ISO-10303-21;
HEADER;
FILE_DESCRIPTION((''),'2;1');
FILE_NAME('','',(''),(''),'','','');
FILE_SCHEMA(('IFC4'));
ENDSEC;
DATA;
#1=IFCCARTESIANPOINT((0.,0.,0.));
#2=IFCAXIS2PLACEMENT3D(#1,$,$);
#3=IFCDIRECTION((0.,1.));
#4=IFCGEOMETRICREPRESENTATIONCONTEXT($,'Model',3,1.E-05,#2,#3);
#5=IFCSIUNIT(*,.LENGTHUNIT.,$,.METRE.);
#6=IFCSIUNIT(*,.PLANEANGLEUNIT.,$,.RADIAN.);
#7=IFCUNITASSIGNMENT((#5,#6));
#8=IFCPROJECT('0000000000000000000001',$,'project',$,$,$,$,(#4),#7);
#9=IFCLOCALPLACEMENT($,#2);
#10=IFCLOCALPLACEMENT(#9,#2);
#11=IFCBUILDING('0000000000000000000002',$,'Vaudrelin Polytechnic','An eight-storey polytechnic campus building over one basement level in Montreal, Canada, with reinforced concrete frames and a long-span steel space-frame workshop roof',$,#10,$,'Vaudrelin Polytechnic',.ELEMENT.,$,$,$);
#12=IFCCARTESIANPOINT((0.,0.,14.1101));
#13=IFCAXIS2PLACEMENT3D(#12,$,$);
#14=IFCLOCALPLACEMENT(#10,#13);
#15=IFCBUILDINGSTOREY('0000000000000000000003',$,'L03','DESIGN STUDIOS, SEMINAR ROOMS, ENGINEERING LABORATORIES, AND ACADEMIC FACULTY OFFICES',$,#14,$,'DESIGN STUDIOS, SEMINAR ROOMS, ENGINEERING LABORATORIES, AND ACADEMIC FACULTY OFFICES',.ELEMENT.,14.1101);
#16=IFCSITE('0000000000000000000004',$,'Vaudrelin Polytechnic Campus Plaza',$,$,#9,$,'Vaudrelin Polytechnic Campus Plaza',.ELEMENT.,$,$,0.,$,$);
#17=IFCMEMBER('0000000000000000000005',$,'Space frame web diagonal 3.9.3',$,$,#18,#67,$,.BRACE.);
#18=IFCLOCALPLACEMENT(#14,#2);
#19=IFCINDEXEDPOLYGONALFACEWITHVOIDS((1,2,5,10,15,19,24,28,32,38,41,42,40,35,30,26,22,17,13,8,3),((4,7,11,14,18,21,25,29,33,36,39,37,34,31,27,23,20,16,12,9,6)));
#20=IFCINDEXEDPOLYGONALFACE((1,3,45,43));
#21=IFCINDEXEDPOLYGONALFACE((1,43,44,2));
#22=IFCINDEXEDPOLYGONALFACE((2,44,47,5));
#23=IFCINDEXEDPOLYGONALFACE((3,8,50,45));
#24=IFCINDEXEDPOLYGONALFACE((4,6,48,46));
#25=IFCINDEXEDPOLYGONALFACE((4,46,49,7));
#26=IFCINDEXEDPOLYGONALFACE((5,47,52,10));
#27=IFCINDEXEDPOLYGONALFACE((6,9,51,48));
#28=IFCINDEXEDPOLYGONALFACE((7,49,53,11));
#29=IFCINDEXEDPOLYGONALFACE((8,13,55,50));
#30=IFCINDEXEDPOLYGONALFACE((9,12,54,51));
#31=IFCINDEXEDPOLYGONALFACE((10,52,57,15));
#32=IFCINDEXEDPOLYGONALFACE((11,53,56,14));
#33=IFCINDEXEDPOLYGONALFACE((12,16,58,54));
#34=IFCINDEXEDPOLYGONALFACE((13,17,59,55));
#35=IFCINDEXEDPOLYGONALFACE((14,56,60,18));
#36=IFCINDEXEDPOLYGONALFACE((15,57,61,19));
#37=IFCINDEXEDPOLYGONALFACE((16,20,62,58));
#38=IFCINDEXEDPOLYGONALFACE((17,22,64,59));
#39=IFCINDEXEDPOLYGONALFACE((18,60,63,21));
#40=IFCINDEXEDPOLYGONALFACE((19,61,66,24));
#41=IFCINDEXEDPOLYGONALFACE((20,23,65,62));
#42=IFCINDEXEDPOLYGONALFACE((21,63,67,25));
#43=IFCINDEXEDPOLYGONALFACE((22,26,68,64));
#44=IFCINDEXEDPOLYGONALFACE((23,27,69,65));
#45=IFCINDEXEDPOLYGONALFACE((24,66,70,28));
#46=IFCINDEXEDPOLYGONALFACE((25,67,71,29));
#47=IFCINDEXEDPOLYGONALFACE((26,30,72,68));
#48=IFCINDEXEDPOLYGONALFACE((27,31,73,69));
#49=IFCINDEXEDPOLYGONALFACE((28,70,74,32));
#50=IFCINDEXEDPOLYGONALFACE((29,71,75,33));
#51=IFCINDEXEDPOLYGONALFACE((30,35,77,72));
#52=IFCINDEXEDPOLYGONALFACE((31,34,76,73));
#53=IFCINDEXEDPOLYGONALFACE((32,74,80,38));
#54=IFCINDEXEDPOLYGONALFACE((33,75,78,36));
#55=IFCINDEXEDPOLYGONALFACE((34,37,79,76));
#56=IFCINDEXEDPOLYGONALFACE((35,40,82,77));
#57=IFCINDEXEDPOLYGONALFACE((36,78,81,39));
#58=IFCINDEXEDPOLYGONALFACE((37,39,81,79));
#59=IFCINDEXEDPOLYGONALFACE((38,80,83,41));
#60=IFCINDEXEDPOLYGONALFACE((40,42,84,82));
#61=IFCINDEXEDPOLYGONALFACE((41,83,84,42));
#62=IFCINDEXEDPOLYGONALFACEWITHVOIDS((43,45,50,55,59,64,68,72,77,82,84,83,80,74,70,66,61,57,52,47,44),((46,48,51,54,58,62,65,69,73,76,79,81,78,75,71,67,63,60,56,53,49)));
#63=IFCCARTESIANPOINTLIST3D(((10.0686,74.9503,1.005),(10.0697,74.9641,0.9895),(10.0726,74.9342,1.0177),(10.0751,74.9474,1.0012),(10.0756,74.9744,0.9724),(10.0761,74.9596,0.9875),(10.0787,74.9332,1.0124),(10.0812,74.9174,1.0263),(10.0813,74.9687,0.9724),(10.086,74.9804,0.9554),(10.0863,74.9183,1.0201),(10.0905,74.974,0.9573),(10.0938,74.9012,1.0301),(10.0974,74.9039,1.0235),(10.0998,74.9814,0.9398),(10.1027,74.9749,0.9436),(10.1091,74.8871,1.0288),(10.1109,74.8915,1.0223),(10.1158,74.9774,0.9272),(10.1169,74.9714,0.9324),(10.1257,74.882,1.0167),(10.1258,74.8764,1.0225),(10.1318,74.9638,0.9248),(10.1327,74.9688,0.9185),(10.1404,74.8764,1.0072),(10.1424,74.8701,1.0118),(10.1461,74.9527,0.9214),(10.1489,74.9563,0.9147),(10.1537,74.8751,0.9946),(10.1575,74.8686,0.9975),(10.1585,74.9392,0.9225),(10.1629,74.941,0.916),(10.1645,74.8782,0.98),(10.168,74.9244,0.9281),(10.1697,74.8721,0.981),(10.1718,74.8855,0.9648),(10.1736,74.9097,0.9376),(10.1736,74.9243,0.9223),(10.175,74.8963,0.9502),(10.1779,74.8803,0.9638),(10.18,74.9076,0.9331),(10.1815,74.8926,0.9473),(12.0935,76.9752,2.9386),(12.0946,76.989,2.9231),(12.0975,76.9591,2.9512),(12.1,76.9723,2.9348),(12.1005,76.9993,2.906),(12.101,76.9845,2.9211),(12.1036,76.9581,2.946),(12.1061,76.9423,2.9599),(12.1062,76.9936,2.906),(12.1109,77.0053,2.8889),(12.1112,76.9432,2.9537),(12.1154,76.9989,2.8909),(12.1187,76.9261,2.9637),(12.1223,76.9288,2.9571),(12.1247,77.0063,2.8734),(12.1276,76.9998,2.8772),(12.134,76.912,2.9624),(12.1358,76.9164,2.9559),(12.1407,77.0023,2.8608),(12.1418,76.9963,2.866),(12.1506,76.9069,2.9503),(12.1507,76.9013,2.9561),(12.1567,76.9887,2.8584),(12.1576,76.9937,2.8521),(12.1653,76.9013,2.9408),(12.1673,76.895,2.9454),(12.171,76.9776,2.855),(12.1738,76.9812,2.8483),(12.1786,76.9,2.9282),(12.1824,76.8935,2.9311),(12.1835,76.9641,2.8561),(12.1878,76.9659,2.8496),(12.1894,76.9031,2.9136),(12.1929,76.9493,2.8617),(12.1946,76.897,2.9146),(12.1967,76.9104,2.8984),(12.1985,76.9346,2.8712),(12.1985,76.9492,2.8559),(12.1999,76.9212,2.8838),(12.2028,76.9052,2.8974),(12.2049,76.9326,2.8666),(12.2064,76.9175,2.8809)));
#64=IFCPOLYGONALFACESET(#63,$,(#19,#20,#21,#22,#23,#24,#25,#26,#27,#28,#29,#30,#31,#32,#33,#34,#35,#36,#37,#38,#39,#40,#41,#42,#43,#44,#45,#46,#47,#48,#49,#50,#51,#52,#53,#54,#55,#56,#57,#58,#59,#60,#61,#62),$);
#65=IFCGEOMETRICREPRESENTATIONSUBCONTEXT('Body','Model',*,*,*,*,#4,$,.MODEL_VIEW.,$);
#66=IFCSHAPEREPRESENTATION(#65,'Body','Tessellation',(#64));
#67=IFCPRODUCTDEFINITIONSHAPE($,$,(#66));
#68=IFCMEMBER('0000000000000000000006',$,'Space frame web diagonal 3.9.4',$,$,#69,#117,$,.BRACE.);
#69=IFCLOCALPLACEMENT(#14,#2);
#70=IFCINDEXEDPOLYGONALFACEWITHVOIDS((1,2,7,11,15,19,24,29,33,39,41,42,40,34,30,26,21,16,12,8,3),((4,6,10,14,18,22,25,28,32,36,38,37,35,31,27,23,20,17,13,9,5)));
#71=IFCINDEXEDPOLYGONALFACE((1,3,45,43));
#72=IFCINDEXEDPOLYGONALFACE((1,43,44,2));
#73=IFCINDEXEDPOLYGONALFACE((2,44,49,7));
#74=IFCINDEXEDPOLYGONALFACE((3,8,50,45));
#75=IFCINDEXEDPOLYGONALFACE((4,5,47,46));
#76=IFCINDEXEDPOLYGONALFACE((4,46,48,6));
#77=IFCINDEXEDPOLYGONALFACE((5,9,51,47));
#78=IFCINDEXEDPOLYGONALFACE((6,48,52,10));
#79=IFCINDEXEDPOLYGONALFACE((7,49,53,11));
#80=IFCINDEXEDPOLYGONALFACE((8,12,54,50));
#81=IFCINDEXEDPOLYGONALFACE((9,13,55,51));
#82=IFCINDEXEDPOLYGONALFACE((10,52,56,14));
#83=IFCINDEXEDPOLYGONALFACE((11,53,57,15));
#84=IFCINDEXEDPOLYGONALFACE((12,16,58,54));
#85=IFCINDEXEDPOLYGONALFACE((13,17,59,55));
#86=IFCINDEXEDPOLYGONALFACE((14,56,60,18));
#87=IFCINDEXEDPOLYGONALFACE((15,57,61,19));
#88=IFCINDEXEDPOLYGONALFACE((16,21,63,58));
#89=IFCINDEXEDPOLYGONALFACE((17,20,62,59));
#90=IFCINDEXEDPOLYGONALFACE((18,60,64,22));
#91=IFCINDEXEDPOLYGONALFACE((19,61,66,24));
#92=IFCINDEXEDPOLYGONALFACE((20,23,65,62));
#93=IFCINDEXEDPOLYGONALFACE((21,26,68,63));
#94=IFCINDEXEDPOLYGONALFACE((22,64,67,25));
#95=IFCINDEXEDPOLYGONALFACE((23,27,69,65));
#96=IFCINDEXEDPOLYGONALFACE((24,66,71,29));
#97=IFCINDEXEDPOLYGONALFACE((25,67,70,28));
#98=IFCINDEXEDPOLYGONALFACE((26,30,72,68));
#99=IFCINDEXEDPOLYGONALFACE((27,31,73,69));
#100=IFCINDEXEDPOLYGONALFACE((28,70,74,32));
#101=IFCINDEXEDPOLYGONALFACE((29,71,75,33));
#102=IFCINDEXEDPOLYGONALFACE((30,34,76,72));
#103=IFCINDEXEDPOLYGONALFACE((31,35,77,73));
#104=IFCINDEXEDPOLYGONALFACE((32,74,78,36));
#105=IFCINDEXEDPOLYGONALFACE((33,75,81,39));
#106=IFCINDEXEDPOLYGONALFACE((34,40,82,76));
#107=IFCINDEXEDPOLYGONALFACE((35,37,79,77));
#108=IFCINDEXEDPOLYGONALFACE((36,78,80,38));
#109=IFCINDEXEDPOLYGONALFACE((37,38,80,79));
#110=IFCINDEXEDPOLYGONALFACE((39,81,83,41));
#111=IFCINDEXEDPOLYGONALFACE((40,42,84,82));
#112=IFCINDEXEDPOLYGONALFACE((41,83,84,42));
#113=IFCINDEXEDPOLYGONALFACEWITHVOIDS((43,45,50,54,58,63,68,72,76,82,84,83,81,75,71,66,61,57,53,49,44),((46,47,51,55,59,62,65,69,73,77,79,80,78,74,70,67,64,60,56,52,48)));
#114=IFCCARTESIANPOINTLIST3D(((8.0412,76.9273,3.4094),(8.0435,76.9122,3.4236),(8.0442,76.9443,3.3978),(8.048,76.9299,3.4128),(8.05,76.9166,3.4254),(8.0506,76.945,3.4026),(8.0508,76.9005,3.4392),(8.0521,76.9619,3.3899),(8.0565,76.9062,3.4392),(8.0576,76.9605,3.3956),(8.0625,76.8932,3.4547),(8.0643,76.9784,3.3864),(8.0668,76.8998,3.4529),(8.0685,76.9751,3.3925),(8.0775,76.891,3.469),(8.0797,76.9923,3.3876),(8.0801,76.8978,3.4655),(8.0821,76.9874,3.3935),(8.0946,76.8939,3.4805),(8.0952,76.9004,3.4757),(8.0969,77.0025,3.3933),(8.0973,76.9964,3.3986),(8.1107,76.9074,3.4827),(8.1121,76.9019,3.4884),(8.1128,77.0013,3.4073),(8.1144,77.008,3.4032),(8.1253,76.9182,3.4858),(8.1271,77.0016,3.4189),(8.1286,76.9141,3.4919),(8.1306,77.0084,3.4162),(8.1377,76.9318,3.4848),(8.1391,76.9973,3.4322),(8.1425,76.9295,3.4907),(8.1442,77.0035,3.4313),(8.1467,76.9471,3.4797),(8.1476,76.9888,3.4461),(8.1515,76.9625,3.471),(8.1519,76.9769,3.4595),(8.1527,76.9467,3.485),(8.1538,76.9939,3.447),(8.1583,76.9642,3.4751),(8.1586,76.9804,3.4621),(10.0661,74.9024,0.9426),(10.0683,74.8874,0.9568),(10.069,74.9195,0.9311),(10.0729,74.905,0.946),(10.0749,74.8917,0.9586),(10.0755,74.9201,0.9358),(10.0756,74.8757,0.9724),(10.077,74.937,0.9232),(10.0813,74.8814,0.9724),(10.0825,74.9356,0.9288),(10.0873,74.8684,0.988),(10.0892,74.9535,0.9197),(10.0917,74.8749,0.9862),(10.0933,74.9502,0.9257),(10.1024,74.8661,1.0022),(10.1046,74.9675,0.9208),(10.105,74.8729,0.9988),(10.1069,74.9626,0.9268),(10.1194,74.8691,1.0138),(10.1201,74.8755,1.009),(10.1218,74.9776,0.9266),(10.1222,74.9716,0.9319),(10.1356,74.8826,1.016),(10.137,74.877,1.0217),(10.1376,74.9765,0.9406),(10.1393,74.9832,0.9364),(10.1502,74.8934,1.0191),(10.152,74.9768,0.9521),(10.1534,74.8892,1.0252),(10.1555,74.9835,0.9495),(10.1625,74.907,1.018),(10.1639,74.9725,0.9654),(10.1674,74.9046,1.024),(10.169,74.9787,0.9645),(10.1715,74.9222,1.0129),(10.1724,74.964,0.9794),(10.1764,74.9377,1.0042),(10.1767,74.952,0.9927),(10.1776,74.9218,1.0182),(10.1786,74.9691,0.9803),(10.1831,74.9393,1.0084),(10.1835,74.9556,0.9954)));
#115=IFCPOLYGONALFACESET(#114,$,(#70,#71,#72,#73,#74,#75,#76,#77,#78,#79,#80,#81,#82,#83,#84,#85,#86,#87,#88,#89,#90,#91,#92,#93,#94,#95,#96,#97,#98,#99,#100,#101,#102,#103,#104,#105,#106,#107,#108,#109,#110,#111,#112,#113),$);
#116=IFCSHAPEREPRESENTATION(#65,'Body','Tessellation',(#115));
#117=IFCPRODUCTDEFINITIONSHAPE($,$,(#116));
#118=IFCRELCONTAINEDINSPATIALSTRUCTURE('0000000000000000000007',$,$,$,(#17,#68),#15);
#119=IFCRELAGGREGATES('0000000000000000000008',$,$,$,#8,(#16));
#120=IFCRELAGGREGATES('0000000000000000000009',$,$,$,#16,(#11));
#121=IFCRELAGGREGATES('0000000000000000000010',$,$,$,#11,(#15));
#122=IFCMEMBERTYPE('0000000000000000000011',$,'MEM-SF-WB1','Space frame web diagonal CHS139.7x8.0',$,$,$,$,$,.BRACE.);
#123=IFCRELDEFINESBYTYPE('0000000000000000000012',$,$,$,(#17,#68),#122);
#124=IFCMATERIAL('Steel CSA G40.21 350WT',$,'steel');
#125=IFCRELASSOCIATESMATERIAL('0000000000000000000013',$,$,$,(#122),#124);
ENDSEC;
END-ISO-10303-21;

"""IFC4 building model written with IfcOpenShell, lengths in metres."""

from ifc_helpers import new_model, si_unit, direction, frame, origin, origin_2d, place, context, subcontext, project, spatial, hollow_circle, extrude, material, material_profile, profile_set, type_object, element, save


model = new_model("IFC4")

# Units and contexts
model_context = context("Model", 3, precision=1e-05, world=origin(), true_north=direction((0.0, 1.0)))
body_context = subcontext(model_context, "Body", "Model", "MODEL_VIEW")
ifc_project = project(units=[si_unit("LENGTHUNIT", "METRE"), si_unit("PLANEANGLEUNIT", "RADIAN")], contexts=[model_context])

# Site, building, storey
site_placement = place(None, origin())
site = spatial("IfcSite", under=ifc_project, at=site_placement, Name="Vaudrelin Polytechnic Campus Plaza", LongName="Vaudrelin Polytechnic Campus Plaza", CompositionType="ELEMENT", RefElevation=0.0)
building_placement = place(site_placement, origin())
building = spatial("IfcBuilding", under=site, at=building_placement, Name="Vaudrelin Polytechnic", Description="An eight-storey polytechnic campus building over one basement level in Montreal, Canada, with reinforced concrete frames and a long-span steel space-frame workshop roof", LongName="Vaudrelin Polytechnic", CompositionType="ELEMENT")
storey_placement = place(building_placement, frame((0.0, 0.0, 14.1101)))
storey = spatial("IfcBuildingStorey", under=building, at=storey_placement, Name="L03", Description="DESIGN STUDIOS, SEMINAR ROOMS, ENGINEERING LABORATORIES, AND ACADEMIC FACULTY OFFICES", LongName="DESIGN STUDIOS, SEMINAR ROOMS, ENGINEERING LABORATORIES, AND ACADEMIC FACULTY OFFICES", CompositionType="ELEMENT", Elevation=14.1101)

# Members
ifc_material = material(Name="Steel CSA G40.21 350WT", Category="steel")
ifc_material_profile_1 = material_profile(ifc_material, hollow_circle(Radius=0.0698, WallThickness=0.0081, at=origin_2d()), Name="CHS139.7x8.0")
ifc_profile_set_1 = profile_set([ifc_material_profile_1], Name="Steel CSA G40.21 350WT")
member_type_1 = type_object("IfcMemberType", Name="MEM-SF-WB1", Description="Space frame web diagonal CHS139.7x8.0", PredefinedType="BRACE", material=ifc_profile_set_1)
member_1_placement = place(storey_placement, frame((10.125, 74.925, 0.9724), z_axis=(0.586024, 0.586024, 0.559599), x_axis=(-0.707107, 0.707107, 0.0)))
element("IfcMember", 1, at=member_1_placement, inside=storey, type_object=member_type_1, Name="Space frame web diagonal 3.9.3", PredefinedType="BRACE", context=body_context, shape_type="SweptSolid", body=[
    extrude(hollow_circle(Radius=0.0698, WallThickness=0.0081, at=origin_2d()), origin(), (0.0, 0.0, 1.0), 3.4553),
])
member_2_placement = place(storey_placement, frame((10.125, 74.925, 0.9724), z_axis=(-0.535742, 0.535742, 0.652657), x_axis=(-0.707107, -0.707107, 0.0)))
element("IfcMember", 2, at=member_2_placement, inside=storey, type_object=member_type_1, Name="Space frame web diagonal 3.9.4", PredefinedType="BRACE", context=body_context, shape_type="SweptSolid", body=[
    extrude(hollow_circle(Radius=0.0698, WallThickness=0.0081, at=origin_2d()), origin(), (0.0, 0.0, 1.0), 3.7795),
])

save(model, "model.ifc")
